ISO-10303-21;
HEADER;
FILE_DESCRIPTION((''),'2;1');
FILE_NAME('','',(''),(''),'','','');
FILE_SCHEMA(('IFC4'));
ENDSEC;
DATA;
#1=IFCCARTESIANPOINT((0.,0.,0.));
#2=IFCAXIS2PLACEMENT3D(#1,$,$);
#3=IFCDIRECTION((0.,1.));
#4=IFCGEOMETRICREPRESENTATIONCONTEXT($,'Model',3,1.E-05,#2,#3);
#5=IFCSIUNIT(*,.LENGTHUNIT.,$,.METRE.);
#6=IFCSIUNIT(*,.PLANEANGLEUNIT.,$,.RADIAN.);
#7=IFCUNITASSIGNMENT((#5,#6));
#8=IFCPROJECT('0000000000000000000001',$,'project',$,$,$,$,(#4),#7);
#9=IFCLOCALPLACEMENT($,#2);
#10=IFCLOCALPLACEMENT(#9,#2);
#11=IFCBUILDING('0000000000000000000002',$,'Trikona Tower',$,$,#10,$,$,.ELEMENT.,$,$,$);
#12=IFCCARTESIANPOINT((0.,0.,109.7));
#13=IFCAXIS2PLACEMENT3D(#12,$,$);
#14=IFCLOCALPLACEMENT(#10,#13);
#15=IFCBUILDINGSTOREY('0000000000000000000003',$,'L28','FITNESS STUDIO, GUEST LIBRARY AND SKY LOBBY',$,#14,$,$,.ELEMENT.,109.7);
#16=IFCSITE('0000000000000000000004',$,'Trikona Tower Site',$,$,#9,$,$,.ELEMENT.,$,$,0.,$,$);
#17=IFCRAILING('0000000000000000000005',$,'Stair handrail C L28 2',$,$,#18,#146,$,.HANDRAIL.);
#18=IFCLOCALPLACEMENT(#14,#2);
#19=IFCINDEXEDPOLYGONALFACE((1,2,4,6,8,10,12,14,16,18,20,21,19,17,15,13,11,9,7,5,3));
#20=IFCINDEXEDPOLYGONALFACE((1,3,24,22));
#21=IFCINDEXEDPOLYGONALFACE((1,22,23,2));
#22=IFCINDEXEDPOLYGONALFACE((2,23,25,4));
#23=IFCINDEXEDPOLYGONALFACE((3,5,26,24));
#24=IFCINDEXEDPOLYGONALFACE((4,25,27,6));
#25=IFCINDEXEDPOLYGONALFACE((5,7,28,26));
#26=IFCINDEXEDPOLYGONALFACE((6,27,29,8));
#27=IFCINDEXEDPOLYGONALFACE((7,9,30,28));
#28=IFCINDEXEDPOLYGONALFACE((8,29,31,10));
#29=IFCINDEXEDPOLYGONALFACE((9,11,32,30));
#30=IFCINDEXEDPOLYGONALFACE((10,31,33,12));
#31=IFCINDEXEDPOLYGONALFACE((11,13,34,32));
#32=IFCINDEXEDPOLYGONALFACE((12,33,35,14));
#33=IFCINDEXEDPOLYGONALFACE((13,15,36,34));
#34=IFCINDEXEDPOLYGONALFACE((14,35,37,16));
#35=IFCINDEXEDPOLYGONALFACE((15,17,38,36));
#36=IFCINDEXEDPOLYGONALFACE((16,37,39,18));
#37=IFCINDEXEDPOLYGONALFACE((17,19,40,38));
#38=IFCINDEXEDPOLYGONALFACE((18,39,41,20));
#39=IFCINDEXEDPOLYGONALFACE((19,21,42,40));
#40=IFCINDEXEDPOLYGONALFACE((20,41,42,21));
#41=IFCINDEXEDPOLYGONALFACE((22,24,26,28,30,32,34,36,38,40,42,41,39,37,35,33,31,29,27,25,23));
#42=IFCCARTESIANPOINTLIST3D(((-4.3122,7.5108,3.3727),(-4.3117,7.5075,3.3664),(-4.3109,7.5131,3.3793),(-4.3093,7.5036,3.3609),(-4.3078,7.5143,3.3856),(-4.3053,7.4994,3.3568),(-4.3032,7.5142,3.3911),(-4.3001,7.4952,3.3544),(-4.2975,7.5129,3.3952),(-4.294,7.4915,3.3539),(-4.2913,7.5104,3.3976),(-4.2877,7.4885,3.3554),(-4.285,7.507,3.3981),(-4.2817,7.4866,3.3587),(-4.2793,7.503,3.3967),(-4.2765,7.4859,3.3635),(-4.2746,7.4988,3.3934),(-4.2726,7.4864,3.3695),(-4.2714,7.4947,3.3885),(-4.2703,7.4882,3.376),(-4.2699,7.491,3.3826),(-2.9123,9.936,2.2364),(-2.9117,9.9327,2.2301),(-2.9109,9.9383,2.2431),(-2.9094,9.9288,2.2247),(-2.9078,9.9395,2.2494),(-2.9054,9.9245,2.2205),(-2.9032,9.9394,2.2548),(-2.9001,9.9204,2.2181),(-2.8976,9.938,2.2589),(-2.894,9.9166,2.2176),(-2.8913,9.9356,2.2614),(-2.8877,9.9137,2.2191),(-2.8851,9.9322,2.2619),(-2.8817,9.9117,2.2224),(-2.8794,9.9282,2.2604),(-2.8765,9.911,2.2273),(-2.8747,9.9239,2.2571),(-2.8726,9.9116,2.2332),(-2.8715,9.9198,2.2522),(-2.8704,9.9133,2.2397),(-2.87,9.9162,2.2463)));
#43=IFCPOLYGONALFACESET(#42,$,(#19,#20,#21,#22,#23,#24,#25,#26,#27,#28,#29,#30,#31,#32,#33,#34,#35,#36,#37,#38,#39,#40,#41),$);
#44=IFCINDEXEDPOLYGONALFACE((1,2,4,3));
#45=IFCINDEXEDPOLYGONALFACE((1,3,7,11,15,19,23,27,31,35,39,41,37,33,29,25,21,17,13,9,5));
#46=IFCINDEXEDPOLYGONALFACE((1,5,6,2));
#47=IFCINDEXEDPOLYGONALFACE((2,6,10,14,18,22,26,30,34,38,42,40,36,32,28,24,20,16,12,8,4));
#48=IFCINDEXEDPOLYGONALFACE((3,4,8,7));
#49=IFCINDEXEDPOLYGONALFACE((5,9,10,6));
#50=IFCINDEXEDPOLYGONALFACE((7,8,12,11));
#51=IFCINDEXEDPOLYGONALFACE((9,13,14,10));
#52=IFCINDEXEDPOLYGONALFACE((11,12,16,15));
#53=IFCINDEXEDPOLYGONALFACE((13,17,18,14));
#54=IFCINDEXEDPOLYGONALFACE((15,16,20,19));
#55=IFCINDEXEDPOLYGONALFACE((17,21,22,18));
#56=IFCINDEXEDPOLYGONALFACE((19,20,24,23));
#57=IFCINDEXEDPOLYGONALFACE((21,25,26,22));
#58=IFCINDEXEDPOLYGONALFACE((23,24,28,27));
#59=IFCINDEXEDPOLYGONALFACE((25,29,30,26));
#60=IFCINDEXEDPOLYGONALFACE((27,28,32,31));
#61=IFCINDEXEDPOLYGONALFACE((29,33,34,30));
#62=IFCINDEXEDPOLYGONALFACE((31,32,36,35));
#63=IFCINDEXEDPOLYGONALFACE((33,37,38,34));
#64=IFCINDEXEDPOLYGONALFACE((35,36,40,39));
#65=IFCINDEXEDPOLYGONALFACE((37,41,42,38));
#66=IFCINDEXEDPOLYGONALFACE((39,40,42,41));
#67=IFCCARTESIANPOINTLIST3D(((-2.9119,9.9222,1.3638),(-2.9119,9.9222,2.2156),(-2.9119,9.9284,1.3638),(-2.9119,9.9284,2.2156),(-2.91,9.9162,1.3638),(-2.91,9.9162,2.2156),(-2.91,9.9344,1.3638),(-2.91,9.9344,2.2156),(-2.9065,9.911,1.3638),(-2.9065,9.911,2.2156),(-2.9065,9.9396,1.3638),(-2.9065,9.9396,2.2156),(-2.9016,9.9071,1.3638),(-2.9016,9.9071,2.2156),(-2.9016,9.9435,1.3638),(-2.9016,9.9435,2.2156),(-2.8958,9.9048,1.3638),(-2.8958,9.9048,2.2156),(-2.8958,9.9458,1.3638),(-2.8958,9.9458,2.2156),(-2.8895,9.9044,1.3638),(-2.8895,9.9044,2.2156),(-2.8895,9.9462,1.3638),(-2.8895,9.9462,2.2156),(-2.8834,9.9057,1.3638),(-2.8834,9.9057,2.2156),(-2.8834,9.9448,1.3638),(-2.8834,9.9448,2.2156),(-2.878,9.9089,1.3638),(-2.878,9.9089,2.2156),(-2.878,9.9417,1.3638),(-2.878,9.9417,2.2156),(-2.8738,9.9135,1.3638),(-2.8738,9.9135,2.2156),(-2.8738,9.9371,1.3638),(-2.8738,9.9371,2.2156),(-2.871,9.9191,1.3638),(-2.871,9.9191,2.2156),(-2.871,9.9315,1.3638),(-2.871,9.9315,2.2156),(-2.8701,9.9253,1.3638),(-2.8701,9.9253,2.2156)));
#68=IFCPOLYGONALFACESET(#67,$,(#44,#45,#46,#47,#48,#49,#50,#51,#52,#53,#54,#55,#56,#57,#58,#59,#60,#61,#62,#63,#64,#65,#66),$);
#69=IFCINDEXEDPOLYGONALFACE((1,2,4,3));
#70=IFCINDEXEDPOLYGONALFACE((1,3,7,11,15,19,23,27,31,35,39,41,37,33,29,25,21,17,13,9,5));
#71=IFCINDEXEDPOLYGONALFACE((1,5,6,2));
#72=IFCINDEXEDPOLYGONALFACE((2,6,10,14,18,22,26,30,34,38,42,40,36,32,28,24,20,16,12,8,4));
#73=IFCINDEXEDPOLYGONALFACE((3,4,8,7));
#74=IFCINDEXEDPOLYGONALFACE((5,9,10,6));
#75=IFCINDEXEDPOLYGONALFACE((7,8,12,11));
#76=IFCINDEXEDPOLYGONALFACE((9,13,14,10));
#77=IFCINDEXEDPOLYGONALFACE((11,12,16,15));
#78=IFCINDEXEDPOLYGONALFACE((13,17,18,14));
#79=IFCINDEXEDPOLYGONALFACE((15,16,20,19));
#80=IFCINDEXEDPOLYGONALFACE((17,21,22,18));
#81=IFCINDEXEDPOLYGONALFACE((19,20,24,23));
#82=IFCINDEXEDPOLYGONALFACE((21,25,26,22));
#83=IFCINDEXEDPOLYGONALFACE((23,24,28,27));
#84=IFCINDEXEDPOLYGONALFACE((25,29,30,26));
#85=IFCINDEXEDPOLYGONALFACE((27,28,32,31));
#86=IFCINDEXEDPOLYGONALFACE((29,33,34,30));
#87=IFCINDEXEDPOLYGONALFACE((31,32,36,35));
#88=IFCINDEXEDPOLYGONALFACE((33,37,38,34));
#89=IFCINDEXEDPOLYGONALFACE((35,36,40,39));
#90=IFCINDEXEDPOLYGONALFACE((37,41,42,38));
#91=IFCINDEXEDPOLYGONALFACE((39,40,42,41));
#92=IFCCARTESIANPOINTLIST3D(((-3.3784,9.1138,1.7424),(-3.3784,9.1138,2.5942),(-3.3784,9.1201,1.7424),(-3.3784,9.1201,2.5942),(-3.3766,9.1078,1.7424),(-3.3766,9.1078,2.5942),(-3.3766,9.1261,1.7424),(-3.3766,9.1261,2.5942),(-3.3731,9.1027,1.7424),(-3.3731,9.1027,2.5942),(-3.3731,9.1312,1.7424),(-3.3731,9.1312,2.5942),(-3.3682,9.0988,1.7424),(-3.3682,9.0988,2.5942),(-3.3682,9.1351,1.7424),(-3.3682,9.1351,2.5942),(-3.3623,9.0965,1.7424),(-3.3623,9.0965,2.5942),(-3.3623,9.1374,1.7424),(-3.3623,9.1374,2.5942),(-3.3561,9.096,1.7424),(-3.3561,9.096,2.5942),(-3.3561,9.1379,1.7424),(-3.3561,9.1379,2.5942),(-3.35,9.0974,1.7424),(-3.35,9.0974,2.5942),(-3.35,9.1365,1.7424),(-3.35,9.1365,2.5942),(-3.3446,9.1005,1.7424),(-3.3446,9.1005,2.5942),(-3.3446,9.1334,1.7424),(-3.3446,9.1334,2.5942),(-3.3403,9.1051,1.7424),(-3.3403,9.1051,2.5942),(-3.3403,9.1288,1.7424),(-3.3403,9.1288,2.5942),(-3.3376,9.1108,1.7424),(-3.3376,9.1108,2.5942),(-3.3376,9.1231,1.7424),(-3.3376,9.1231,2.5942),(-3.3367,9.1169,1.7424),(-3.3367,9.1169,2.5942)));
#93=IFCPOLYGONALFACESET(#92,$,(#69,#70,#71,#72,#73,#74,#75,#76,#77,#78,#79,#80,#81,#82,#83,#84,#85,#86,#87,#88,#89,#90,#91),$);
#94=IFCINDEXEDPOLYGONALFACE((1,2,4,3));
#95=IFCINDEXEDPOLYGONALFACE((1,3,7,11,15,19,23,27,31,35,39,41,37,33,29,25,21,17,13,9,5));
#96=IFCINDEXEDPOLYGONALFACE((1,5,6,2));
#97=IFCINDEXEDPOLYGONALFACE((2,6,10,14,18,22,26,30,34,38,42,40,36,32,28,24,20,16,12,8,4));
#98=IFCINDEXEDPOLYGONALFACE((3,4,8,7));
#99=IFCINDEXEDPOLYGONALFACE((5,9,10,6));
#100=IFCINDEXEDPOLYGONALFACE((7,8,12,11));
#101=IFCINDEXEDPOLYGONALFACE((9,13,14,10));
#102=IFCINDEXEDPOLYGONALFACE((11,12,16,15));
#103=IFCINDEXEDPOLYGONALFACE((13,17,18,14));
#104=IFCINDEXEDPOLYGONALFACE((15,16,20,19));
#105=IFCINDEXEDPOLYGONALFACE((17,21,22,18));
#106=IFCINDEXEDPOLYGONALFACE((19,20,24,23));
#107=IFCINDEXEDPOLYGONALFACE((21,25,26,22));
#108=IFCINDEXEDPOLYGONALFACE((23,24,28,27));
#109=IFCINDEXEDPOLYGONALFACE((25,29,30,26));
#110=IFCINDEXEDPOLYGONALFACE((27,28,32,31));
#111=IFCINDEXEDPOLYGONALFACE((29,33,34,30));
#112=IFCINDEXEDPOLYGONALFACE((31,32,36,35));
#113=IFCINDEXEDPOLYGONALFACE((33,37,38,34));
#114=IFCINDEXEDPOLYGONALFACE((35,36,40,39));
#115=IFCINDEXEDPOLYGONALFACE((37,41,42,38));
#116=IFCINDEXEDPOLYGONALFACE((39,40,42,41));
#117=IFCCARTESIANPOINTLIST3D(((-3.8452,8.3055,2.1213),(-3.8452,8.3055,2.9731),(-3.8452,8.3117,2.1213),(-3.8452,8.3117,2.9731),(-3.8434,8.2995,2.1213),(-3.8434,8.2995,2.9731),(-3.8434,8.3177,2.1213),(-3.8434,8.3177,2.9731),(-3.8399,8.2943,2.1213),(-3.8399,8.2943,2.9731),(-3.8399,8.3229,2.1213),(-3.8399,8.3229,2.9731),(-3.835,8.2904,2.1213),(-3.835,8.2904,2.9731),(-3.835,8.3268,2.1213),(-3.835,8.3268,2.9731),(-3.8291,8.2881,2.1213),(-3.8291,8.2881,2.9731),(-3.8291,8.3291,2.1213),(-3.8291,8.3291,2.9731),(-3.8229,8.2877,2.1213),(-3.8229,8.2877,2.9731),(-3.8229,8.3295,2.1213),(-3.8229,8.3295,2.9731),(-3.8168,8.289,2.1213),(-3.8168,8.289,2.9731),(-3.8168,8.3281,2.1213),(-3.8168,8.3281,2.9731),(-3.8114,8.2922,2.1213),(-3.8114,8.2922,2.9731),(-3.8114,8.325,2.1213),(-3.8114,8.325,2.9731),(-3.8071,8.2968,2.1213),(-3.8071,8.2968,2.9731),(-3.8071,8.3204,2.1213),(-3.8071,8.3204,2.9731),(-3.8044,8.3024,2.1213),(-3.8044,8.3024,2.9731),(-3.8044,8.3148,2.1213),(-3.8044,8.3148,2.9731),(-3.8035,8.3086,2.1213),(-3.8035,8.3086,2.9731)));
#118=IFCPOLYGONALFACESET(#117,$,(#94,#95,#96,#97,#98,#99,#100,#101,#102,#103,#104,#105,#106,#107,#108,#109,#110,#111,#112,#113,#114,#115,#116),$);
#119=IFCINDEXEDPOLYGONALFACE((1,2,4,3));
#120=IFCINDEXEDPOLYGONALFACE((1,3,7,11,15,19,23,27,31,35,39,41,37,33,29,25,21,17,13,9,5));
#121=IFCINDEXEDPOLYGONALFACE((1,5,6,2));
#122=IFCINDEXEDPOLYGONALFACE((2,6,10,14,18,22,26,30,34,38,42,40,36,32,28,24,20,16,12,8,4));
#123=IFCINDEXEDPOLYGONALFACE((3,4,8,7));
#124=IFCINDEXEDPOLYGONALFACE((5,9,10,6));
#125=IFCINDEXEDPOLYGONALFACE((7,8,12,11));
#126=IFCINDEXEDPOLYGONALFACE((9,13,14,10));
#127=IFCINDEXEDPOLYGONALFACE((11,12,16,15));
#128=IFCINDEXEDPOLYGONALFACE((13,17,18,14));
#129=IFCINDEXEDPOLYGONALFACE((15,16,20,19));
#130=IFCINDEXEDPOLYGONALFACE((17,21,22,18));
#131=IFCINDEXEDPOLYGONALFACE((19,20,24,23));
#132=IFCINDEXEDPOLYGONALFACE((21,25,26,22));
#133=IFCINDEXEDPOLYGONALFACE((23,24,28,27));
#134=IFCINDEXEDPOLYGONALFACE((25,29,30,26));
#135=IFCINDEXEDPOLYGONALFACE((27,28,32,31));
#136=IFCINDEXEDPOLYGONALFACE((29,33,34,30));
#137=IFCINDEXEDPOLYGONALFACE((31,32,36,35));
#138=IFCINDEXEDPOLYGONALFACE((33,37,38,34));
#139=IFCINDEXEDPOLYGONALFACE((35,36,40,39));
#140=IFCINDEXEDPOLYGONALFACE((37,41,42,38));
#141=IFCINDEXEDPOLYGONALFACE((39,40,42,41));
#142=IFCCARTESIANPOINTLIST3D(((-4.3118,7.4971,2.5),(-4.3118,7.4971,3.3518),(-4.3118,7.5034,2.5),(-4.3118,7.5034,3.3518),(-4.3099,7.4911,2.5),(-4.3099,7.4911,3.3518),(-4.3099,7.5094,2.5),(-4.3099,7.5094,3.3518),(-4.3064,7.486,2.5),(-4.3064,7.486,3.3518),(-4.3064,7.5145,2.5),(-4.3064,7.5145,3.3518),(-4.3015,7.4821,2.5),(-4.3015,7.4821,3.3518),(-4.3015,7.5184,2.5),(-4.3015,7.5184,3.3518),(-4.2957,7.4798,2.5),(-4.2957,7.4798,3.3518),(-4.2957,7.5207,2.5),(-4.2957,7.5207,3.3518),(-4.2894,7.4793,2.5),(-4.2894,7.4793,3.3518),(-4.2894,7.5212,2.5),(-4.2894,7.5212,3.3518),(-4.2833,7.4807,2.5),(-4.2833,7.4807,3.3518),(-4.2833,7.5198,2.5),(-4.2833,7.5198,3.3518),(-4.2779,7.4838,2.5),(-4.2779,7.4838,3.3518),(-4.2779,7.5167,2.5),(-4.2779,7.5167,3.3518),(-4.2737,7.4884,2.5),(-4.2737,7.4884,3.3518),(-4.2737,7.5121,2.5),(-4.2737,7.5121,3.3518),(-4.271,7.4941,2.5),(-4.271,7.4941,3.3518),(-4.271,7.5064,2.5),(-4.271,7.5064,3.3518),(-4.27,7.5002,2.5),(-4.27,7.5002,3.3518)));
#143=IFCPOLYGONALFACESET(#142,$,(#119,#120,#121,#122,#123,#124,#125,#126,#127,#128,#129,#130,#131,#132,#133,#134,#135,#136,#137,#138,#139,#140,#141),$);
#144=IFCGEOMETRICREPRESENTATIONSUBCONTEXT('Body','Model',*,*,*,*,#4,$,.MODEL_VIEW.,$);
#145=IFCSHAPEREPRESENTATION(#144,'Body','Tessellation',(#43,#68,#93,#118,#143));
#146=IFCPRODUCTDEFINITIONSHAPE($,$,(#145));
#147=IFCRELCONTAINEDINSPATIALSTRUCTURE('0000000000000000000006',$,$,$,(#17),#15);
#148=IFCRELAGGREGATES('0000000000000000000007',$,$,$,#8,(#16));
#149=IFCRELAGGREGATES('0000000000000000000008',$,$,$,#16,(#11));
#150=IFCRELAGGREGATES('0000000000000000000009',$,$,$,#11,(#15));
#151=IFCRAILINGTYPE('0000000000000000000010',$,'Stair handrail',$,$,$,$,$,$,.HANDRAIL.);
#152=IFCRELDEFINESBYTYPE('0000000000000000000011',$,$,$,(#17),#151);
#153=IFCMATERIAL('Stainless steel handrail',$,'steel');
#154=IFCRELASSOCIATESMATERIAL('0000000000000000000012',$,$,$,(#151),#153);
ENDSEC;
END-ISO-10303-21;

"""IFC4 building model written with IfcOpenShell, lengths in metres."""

from ifc_helpers import new_model, si_unit, direction, frame, origin, origin_2d, place, context, subcontext, project, spatial, circle, extrude, material, type_object, element, save


model = new_model("IFC4")

# Units and contexts
model_context = context("Model", 3, precision=1e-05, world=origin(), true_north=direction((0.0, 1.0)))
body_context = subcontext(model_context, "Body", "Model", "MODEL_VIEW")
ifc_project = project(units=[si_unit("LENGTHUNIT", "METRE"), si_unit("PLANEANGLEUNIT", "RADIAN")], contexts=[model_context])

# Site, building, storey
site_placement = place(None, origin())
site = spatial("IfcSite", under=ifc_project, at=site_placement, Name="Trikona Tower Site", CompositionType="ELEMENT", RefElevation=0.0)
building_placement = place(site_placement, origin())
building = spatial("IfcBuilding", under=site, at=building_placement, Name="Trikona Tower", CompositionType="ELEMENT")
storey_placement = place(building_placement, frame((0.0, 0.0, 109.7)))
storey = spatial("IfcBuildingStorey", under=building, at=storey_placement, Name="L28", Description="FITNESS STUDIO, GUEST LIBRARY AND SKY LOBBY", CompositionType="ELEMENT", Elevation=109.7)

# Railing
ifc_material_1 = material(Name="Stainless steel handrail", Category="steel")
railing_type = type_object("IfcRailingType", Name="Stair handrail", PredefinedType="HANDRAIL", material=ifc_material_1)
railing_1_placement = place(storey_placement, frame((-2.8911, 9.9253, 1.3638)))
element("IfcRailing", 1, at=railing_1_placement, inside=storey, type_object=railing_type, Name="Stair handrail C L28 2", PredefinedType="HANDRAIL", context=body_context, shape_type="SweptSolid", body=[
    extrude(circle(Radius=0.0239, at=origin_2d()), frame((0.0, 0.0, 0.876), z_axis=(-0.463259, -0.802503, 0.376004), x_axis=(0.866056, -0.499946, 0.0)), (0.0, 0.0, 1.0), 3.022),
    extrude(circle(Radius=0.021, at=origin_2d()), origin(), (0.0, 0.0, 1.0), 0.8518),
    extrude(circle(Radius=0.021, at=origin_2d()), frame((-0.4666, -0.8083, 0.3787)), (0.0, 0.0, 1.0), 0.8518),
    extrude(circle(Radius=0.021, at=origin_2d()), frame((-0.9333, -1.6167, 0.7576)), (0.0, 0.0, 1.0), 0.8518),
    extrude(circle(Radius=0.021, at=origin_2d()), frame((-1.3999, -2.425, 1.1362)), (0.0, 0.0, 1.0), 0.8518),
])

save(model, "model.ifc")
